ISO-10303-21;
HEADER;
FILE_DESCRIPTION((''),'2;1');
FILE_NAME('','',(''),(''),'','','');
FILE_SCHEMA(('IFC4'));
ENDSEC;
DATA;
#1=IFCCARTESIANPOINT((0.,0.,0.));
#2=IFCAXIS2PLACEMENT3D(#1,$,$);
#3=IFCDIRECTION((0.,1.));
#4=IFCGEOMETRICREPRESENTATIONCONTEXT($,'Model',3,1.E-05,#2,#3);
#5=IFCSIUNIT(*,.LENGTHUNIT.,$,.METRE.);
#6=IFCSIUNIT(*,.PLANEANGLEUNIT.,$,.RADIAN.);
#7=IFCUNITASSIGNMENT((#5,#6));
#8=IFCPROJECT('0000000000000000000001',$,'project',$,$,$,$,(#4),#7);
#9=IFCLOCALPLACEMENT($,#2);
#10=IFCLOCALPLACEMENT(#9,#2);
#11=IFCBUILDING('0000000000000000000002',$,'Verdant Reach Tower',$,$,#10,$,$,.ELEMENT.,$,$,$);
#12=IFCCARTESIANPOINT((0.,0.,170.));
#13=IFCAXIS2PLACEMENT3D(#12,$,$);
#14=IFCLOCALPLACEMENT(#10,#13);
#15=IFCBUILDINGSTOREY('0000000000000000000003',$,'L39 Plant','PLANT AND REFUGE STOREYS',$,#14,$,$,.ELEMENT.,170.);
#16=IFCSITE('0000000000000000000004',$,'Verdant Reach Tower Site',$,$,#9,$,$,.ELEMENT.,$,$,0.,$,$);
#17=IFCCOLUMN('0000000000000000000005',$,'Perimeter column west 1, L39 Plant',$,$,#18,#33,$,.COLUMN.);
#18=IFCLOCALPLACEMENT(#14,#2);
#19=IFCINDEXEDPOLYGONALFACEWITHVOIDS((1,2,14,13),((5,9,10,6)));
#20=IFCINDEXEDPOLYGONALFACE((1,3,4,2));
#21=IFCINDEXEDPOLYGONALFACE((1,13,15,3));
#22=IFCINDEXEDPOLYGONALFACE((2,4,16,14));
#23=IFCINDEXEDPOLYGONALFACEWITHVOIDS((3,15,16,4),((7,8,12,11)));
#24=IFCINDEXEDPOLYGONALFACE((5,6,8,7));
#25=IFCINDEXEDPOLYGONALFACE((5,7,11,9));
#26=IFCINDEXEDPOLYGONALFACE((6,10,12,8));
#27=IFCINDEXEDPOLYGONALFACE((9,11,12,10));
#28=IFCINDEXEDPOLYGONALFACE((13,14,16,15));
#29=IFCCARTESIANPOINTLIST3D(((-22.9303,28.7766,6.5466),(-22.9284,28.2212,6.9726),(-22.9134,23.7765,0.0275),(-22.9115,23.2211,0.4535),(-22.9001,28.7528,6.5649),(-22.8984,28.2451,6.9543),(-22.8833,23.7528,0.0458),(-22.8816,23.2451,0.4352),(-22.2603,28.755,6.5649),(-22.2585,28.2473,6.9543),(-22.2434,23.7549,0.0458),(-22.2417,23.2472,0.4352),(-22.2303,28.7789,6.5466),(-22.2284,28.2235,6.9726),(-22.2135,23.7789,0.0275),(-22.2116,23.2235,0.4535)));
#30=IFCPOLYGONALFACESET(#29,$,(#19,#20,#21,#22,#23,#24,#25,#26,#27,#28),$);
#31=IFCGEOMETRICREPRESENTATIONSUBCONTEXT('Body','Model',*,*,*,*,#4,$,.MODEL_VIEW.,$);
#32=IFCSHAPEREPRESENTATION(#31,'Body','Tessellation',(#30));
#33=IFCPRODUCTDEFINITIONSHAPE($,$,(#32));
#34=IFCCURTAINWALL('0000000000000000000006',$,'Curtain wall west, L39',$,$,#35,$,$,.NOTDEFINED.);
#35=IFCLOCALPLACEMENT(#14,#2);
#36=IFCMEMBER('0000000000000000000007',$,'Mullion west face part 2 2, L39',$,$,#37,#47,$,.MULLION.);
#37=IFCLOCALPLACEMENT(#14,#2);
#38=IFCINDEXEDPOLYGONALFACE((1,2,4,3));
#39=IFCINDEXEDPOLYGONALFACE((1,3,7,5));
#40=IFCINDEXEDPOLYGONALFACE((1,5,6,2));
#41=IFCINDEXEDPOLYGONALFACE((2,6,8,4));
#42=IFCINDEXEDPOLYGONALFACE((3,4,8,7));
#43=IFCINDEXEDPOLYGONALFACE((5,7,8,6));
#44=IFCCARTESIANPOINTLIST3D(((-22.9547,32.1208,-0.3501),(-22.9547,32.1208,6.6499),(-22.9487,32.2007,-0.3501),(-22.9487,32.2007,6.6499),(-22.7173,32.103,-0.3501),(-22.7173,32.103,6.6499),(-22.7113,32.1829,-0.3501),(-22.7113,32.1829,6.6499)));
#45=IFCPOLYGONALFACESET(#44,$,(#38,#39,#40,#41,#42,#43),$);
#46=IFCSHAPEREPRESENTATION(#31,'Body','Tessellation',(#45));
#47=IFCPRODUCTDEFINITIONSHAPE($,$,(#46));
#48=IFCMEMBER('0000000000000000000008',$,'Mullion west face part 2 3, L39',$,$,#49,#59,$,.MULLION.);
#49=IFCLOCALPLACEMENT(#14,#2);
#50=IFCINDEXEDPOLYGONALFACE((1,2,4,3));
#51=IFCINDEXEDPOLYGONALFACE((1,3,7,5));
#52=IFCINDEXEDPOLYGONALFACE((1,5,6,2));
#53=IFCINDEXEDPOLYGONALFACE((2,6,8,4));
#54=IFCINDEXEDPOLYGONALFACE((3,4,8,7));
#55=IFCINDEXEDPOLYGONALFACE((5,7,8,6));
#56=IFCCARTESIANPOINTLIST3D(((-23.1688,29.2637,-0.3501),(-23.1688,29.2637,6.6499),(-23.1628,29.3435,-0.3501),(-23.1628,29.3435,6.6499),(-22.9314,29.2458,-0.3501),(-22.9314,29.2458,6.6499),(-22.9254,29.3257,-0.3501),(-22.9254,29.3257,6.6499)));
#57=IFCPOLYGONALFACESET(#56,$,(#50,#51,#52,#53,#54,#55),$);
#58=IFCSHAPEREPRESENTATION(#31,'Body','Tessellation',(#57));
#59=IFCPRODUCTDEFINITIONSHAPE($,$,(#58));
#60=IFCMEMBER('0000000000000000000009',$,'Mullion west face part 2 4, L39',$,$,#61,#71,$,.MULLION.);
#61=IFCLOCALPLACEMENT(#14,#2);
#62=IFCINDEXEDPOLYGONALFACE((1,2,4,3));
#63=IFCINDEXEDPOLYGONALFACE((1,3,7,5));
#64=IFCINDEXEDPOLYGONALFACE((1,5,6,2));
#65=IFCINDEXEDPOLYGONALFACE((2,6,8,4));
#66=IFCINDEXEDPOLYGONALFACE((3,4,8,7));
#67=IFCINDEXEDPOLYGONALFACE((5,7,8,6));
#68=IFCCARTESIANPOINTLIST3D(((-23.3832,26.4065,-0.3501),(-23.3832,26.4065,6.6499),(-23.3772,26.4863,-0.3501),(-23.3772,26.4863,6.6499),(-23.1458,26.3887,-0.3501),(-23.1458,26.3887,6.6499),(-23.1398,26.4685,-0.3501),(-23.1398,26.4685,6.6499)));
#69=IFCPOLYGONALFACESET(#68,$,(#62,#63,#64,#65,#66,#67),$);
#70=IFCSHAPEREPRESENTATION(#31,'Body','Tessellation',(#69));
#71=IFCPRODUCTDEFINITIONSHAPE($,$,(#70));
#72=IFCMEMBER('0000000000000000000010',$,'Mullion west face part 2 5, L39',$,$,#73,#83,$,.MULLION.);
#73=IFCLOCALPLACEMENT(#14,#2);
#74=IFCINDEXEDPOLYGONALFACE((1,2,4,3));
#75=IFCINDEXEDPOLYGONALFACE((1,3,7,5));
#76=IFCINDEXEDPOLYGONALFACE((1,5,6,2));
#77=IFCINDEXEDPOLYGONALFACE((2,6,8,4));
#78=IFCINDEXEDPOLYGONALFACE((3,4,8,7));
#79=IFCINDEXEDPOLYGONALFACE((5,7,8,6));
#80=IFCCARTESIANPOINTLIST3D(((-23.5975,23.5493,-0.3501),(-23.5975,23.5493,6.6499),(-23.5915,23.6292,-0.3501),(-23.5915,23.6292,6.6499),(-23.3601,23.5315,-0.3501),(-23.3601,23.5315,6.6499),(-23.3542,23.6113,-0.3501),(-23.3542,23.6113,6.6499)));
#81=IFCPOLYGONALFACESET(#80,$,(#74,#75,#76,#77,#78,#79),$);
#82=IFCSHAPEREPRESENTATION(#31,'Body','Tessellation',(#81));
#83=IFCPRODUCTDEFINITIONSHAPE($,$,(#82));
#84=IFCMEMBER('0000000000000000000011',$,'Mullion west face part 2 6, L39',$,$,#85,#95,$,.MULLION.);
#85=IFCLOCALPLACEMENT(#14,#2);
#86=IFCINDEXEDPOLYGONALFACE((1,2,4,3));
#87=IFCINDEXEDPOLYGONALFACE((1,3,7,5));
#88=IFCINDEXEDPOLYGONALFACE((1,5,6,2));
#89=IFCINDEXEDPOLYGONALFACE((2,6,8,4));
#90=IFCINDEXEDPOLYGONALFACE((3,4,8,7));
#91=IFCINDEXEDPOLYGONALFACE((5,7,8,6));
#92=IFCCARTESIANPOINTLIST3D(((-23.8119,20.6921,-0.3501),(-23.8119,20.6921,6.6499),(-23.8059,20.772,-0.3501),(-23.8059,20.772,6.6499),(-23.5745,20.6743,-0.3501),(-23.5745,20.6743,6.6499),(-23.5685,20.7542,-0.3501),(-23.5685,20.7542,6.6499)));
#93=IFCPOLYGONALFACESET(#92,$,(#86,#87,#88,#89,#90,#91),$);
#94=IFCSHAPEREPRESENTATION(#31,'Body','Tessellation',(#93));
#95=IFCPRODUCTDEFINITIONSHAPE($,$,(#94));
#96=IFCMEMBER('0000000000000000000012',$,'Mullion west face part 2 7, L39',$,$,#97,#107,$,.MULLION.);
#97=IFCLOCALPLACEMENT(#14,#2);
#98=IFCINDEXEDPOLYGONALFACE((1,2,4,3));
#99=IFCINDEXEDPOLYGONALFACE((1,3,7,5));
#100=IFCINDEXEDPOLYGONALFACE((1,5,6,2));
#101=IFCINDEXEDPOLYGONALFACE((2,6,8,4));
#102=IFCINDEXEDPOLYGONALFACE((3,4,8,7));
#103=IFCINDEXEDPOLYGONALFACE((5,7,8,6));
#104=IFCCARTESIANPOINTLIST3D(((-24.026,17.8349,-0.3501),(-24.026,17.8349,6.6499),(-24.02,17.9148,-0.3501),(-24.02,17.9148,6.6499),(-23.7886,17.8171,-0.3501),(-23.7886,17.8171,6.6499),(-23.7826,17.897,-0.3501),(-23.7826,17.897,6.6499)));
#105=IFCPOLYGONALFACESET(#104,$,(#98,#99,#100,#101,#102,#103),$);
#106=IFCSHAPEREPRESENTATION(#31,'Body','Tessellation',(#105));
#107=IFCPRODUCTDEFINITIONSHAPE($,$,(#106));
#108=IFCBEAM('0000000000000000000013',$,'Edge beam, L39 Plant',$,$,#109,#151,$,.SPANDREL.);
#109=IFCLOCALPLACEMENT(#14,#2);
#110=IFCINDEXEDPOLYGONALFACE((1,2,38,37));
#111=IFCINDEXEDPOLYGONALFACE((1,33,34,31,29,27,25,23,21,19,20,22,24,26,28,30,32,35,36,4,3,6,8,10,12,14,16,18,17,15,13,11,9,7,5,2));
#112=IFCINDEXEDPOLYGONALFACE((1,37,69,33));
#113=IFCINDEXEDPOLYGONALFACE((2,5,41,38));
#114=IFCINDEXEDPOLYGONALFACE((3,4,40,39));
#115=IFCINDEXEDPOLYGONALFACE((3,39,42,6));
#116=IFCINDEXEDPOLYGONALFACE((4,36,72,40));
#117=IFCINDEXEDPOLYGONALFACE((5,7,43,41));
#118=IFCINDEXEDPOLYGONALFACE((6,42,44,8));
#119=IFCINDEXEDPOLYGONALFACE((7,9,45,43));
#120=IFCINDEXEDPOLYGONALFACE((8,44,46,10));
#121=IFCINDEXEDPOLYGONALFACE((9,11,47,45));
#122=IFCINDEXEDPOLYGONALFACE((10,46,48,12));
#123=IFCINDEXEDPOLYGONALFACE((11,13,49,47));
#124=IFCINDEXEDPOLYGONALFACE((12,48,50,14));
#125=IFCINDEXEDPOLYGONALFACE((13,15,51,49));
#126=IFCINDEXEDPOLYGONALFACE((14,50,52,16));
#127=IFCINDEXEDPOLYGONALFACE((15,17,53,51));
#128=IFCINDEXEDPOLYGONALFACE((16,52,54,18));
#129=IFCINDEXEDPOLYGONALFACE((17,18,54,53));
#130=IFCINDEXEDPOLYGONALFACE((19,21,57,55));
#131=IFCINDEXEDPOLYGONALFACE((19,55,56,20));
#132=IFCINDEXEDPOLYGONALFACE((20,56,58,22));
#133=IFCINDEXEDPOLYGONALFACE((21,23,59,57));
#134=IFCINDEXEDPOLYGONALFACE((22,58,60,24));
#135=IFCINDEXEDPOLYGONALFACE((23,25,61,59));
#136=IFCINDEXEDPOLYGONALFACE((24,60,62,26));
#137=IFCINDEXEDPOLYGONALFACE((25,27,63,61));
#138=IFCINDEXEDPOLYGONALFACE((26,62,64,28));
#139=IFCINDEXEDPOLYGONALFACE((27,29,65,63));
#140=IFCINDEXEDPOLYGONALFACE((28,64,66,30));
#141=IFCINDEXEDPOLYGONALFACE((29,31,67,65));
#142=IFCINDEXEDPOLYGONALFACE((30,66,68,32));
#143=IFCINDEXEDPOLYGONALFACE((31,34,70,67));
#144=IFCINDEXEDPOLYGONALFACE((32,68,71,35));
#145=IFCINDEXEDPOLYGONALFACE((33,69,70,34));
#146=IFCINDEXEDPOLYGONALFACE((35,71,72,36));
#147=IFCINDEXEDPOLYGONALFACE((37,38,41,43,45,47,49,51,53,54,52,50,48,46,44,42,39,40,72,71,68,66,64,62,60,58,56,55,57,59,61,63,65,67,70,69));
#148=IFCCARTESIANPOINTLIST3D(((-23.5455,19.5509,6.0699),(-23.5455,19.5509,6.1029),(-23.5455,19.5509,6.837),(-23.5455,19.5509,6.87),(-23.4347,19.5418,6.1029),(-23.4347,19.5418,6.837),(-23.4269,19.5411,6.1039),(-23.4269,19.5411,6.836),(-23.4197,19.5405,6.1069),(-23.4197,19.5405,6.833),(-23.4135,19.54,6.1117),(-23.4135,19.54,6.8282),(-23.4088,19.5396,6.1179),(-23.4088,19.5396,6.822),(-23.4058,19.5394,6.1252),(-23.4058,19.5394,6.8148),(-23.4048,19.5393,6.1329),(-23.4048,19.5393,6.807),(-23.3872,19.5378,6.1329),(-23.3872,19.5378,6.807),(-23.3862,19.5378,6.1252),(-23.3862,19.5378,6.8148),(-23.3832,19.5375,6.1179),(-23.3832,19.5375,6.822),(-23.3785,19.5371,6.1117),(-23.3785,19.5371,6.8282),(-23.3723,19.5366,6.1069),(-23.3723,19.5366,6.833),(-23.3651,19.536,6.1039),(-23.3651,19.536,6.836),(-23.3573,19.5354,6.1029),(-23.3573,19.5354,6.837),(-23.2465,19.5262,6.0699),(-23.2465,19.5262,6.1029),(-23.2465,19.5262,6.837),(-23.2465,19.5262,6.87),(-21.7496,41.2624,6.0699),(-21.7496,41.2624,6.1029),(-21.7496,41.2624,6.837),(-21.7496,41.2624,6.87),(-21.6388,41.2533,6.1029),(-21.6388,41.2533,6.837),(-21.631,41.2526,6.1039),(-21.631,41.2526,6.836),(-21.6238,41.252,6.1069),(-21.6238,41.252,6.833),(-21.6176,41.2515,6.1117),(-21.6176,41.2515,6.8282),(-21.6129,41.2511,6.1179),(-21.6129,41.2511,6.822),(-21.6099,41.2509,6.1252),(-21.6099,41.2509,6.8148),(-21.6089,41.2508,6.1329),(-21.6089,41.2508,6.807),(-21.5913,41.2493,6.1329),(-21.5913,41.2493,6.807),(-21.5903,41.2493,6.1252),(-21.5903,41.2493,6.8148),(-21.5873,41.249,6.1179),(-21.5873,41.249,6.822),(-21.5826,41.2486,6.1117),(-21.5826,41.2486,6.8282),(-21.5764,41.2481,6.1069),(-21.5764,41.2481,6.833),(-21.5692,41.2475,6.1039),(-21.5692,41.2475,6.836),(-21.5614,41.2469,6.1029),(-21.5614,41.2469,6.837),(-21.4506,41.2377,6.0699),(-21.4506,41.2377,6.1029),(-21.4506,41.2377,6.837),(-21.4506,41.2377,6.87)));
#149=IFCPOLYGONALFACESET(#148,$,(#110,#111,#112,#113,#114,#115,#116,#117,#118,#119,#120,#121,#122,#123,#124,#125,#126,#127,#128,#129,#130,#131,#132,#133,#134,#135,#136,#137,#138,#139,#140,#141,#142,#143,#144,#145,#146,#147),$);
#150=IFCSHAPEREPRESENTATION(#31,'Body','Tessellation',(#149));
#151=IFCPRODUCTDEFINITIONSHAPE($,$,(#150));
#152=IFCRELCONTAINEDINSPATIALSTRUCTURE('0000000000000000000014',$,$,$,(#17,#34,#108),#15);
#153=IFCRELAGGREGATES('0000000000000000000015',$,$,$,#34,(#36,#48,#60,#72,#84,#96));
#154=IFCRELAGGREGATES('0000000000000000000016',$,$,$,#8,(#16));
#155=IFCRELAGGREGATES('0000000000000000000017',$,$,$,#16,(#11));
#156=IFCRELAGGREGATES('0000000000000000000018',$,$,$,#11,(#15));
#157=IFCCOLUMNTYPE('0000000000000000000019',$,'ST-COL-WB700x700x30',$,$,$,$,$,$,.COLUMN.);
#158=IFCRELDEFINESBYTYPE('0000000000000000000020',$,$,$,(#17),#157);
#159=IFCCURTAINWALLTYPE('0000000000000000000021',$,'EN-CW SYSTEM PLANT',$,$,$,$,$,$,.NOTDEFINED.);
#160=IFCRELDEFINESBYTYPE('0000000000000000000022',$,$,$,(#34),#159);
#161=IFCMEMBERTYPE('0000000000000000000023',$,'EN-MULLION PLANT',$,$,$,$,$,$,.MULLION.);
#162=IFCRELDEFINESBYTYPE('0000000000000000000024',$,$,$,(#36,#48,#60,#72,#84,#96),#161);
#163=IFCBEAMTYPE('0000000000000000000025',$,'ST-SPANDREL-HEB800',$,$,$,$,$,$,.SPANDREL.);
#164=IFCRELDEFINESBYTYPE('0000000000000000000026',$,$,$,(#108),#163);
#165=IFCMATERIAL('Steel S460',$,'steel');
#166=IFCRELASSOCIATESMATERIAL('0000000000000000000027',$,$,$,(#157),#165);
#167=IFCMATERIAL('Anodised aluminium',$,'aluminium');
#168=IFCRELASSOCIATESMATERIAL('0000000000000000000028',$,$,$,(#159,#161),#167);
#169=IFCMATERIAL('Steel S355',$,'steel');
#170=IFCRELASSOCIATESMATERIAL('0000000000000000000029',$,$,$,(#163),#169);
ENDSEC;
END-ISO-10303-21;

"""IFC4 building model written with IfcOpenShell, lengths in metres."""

from ifc_helpers import new_model, si_unit, direction, frame, origin, origin_2d, place, context, subcontext, project, spatial, rectangle, hollow_rectangle, i_section, extrude, material, material_profile, profile_set, type_object, element, aggregate, save


model = new_model("IFC4")

# Units and contexts
model_context = context("Model", 3, precision=1e-05, world=origin(), true_north=direction((0.0, 1.0)))
body_context = subcontext(model_context, "Body", "Model", "MODEL_VIEW")
ifc_project = project(units=[si_unit("LENGTHUNIT", "METRE"), si_unit("PLANEANGLEUNIT", "RADIAN")], contexts=[model_context])

# Site, building, storey
site_placement = place(None, origin())
site = spatial("IfcSite", under=ifc_project, at=site_placement, Name="Verdant Reach Tower Site", CompositionType="ELEMENT", RefElevation=0.0)
building_placement = place(site_placement, origin())
building = spatial("IfcBuilding", under=site, at=building_placement, Name="Verdant Reach Tower", CompositionType="ELEMENT")
storey_placement = place(building_placement, frame((0.0, 0.0, 170.0)))
storey = spatial("IfcBuildingStorey", under=building, at=storey_placement, Name="L39 Plant", Description="PLANT AND REFUGE STOREYS", CompositionType="ELEMENT", Elevation=170.0)

# Column
ifc_material_1 = material(Name="Steel S460", Category="steel")
ifc_material_profile_1 = material_profile(ifc_material_1, hollow_rectangle(XDim=0.7, YDim=0.7, WallThickness=0.03, at=origin_2d()), Name="WB 700x700x30")
ifc_profile_set_1 = profile_set([ifc_material_profile_1], Name="Steel S460")
column_type = type_object("IfcColumnType", Name="ST-COL-WB700x700x30", PredefinedType="COLUMN", material=ifc_profile_set_1)
column_placement = place(storey_placement, frame((-22.5625, 23.5, 0.2405), z_axis=(-0.00205, 0.608589, 0.793483), x_axis=(-0.999994, -0.003369, 0.0)))
element("IfcColumn", 1, at=column_placement, inside=storey, type_object=column_type, Name="Perimeter column west 1, L39 Plant", PredefinedType="COLUMN", context=body_context, shape_type="SweptSolid", body=[
    extrude(hollow_rectangle(XDim=0.7, YDim=0.7, WallThickness=0.03, at=origin_2d()), origin(), (0.0, 0.0, 1.0), 8.2158),
])

# Curtain wall, members
ifc_material_2 = material(Name="Anodised aluminium", Category="aluminium")
curtain_wall_type = type_object("IfcCurtainWallType", Name="EN-CW SYSTEM PLANT", PredefinedType="NOTDEFINED", material=ifc_material_2)
curtain_wall_placement = place(storey_placement, origin())
curtain_wall = element("IfcCurtainWall", 2, at=curtain_wall_placement, inside=storey, type_object=curtain_wall_type, Name="Curtain wall west, L39", PredefinedType="NOTDEFINED")
ifc_material_profile_2 = material_profile(ifc_material_2, rectangle(XDim=0.238, YDim=0.0801, at=origin_2d()), Name="Mullion 80x240")
ifc_profile_set_2 = profile_set([ifc_material_profile_2], Name="Anodised aluminium")
member_type_1 = type_object("IfcMemberType", Name="EN-MULLION PLANT", PredefinedType="MULLION", material=ifc_profile_set_2)
member_1_placement = place(storey_placement, frame((-22.833, 32.1519, -0.3501), z_axis=(0.0, 0.0, 1.0), x_axis=(-0.997199, 0.07479, 0.0)))
member_1 = element("IfcMember", 3, at=member_1_placement, type_object=member_type_1, Name="Mullion west face part 2 2, L39", PredefinedType="MULLION", context=body_context, shape_type="SweptSolid", body=[
    extrude(rectangle(XDim=0.238, YDim=0.0801, at=origin_2d()), origin(), (0.0, 0.0, 1.0), 7.0),
])
member_2_placement = place(storey_placement, frame((-23.0471, 29.2947, -0.3501), z_axis=(0.0, 0.0, 1.0), x_axis=(-0.997199, 0.07479, 0.0)))
member_2 = element("IfcMember", 4, at=member_2_placement, type_object=member_type_1, Name="Mullion west face part 2 3, L39", PredefinedType="MULLION", context=body_context, shape_type="SweptSolid", body=[
    extrude(rectangle(XDim=0.238, YDim=0.0801, at=origin_2d()), origin(), (0.0, 0.0, 1.0), 7.0),
])
member_3_placement = place(storey_placement, frame((-23.2615, 26.4375, -0.3501), z_axis=(0.0, 0.0, 1.0), x_axis=(-0.997199, 0.07479, 0.0)))
member_3 = element("IfcMember", 5, at=member_3_placement, type_object=member_type_1, Name="Mullion west face part 2 4, L39", PredefinedType="MULLION", context=body_context, shape_type="SweptSolid", body=[
    extrude(rectangle(XDim=0.238, YDim=0.0801, at=origin_2d()), origin(), (0.0, 0.0, 1.0), 7.0),
])
member_4_placement = place(storey_placement, frame((-23.4758, 23.5803, -0.3501), z_axis=(0.0, 0.0, 1.0), x_axis=(-0.997199, 0.07479, 0.0)))
member_4 = element("IfcMember", 6, at=member_4_placement, type_object=member_type_1, Name="Mullion west face part 2 5, L39", PredefinedType="MULLION", context=body_context, shape_type="SweptSolid", body=[
    extrude(rectangle(XDim=0.238, YDim=0.0801, at=origin_2d()), origin(), (0.0, 0.0, 1.0), 7.0),
])
member_5_placement = place(storey_placement, frame((-23.6902, 20.7231, -0.3501), z_axis=(0.0, 0.0, 1.0), x_axis=(-0.997199, 0.07479, 0.0)))
member_5 = element("IfcMember", 7, at=member_5_placement, type_object=member_type_1, Name="Mullion west face part 2 6, L39", PredefinedType="MULLION", context=body_context, shape_type="SweptSolid", body=[
    extrude(rectangle(XDim=0.238, YDim=0.0801, at=origin_2d()), origin(), (0.0, 0.0, 1.0), 7.0),
])
member_6_placement = place(storey_placement, frame((-23.9043, 17.866, -0.3501), z_axis=(0.0, 0.0, 1.0), x_axis=(-0.997199, 0.07479, 0.0)))
member_6 = element("IfcMember", 8, at=member_6_placement, type_object=member_type_1, Name="Mullion west face part 2 7, L39", PredefinedType="MULLION", context=body_context, shape_type="SweptSolid", body=[
    extrude(rectangle(XDim=0.238, YDim=0.0801, at=origin_2d()), origin(), (0.0, 0.0, 1.0), 7.0),
])

# Beam
ifc_material_3 = material(Name="Steel S355", Category="steel")
ifc_material_profile_3 = material_profile(ifc_material_3, i_section(OverallWidth=0.3, OverallDepth=0.8, WebThickness=0.0176, FlangeThickness=0.033, FilletRadius=0.03, at=origin_2d()), Name="HEB 800")
ifc_profile_set_3 = profile_set([ifc_material_profile_3], Name="Steel S355")
beam_type = type_object("IfcBeamType", Name="ST-SPANDREL-HEB800", PredefinedType="SPANDREL", material=ifc_profile_set_3)
beam_placement = place(storey_placement, frame((-23.396, 19.5386, 6.47), z_axis=(0.082435, 0.996596, 0.0), x_axis=(-0.996596, 0.082435, 0.0)))
element("IfcBeam", 9, at=beam_placement, inside=storey, type_object=beam_type, Name="Edge beam, L39 Plant", PredefinedType="SPANDREL", context=body_context, shape_type="SweptSolid", body=[
    extrude(i_section(OverallWidth=0.3, OverallDepth=0.8, WebThickness=0.0176, FlangeThickness=0.033, FilletRadius=0.03, at=origin_2d()), origin(), (0.0, 0.0, 1.0), 21.7856),
])

aggregate(curtain_wall, [member_1, member_2, member_3, member_4, member_5, member_6])

save(model, "model.ifc")
